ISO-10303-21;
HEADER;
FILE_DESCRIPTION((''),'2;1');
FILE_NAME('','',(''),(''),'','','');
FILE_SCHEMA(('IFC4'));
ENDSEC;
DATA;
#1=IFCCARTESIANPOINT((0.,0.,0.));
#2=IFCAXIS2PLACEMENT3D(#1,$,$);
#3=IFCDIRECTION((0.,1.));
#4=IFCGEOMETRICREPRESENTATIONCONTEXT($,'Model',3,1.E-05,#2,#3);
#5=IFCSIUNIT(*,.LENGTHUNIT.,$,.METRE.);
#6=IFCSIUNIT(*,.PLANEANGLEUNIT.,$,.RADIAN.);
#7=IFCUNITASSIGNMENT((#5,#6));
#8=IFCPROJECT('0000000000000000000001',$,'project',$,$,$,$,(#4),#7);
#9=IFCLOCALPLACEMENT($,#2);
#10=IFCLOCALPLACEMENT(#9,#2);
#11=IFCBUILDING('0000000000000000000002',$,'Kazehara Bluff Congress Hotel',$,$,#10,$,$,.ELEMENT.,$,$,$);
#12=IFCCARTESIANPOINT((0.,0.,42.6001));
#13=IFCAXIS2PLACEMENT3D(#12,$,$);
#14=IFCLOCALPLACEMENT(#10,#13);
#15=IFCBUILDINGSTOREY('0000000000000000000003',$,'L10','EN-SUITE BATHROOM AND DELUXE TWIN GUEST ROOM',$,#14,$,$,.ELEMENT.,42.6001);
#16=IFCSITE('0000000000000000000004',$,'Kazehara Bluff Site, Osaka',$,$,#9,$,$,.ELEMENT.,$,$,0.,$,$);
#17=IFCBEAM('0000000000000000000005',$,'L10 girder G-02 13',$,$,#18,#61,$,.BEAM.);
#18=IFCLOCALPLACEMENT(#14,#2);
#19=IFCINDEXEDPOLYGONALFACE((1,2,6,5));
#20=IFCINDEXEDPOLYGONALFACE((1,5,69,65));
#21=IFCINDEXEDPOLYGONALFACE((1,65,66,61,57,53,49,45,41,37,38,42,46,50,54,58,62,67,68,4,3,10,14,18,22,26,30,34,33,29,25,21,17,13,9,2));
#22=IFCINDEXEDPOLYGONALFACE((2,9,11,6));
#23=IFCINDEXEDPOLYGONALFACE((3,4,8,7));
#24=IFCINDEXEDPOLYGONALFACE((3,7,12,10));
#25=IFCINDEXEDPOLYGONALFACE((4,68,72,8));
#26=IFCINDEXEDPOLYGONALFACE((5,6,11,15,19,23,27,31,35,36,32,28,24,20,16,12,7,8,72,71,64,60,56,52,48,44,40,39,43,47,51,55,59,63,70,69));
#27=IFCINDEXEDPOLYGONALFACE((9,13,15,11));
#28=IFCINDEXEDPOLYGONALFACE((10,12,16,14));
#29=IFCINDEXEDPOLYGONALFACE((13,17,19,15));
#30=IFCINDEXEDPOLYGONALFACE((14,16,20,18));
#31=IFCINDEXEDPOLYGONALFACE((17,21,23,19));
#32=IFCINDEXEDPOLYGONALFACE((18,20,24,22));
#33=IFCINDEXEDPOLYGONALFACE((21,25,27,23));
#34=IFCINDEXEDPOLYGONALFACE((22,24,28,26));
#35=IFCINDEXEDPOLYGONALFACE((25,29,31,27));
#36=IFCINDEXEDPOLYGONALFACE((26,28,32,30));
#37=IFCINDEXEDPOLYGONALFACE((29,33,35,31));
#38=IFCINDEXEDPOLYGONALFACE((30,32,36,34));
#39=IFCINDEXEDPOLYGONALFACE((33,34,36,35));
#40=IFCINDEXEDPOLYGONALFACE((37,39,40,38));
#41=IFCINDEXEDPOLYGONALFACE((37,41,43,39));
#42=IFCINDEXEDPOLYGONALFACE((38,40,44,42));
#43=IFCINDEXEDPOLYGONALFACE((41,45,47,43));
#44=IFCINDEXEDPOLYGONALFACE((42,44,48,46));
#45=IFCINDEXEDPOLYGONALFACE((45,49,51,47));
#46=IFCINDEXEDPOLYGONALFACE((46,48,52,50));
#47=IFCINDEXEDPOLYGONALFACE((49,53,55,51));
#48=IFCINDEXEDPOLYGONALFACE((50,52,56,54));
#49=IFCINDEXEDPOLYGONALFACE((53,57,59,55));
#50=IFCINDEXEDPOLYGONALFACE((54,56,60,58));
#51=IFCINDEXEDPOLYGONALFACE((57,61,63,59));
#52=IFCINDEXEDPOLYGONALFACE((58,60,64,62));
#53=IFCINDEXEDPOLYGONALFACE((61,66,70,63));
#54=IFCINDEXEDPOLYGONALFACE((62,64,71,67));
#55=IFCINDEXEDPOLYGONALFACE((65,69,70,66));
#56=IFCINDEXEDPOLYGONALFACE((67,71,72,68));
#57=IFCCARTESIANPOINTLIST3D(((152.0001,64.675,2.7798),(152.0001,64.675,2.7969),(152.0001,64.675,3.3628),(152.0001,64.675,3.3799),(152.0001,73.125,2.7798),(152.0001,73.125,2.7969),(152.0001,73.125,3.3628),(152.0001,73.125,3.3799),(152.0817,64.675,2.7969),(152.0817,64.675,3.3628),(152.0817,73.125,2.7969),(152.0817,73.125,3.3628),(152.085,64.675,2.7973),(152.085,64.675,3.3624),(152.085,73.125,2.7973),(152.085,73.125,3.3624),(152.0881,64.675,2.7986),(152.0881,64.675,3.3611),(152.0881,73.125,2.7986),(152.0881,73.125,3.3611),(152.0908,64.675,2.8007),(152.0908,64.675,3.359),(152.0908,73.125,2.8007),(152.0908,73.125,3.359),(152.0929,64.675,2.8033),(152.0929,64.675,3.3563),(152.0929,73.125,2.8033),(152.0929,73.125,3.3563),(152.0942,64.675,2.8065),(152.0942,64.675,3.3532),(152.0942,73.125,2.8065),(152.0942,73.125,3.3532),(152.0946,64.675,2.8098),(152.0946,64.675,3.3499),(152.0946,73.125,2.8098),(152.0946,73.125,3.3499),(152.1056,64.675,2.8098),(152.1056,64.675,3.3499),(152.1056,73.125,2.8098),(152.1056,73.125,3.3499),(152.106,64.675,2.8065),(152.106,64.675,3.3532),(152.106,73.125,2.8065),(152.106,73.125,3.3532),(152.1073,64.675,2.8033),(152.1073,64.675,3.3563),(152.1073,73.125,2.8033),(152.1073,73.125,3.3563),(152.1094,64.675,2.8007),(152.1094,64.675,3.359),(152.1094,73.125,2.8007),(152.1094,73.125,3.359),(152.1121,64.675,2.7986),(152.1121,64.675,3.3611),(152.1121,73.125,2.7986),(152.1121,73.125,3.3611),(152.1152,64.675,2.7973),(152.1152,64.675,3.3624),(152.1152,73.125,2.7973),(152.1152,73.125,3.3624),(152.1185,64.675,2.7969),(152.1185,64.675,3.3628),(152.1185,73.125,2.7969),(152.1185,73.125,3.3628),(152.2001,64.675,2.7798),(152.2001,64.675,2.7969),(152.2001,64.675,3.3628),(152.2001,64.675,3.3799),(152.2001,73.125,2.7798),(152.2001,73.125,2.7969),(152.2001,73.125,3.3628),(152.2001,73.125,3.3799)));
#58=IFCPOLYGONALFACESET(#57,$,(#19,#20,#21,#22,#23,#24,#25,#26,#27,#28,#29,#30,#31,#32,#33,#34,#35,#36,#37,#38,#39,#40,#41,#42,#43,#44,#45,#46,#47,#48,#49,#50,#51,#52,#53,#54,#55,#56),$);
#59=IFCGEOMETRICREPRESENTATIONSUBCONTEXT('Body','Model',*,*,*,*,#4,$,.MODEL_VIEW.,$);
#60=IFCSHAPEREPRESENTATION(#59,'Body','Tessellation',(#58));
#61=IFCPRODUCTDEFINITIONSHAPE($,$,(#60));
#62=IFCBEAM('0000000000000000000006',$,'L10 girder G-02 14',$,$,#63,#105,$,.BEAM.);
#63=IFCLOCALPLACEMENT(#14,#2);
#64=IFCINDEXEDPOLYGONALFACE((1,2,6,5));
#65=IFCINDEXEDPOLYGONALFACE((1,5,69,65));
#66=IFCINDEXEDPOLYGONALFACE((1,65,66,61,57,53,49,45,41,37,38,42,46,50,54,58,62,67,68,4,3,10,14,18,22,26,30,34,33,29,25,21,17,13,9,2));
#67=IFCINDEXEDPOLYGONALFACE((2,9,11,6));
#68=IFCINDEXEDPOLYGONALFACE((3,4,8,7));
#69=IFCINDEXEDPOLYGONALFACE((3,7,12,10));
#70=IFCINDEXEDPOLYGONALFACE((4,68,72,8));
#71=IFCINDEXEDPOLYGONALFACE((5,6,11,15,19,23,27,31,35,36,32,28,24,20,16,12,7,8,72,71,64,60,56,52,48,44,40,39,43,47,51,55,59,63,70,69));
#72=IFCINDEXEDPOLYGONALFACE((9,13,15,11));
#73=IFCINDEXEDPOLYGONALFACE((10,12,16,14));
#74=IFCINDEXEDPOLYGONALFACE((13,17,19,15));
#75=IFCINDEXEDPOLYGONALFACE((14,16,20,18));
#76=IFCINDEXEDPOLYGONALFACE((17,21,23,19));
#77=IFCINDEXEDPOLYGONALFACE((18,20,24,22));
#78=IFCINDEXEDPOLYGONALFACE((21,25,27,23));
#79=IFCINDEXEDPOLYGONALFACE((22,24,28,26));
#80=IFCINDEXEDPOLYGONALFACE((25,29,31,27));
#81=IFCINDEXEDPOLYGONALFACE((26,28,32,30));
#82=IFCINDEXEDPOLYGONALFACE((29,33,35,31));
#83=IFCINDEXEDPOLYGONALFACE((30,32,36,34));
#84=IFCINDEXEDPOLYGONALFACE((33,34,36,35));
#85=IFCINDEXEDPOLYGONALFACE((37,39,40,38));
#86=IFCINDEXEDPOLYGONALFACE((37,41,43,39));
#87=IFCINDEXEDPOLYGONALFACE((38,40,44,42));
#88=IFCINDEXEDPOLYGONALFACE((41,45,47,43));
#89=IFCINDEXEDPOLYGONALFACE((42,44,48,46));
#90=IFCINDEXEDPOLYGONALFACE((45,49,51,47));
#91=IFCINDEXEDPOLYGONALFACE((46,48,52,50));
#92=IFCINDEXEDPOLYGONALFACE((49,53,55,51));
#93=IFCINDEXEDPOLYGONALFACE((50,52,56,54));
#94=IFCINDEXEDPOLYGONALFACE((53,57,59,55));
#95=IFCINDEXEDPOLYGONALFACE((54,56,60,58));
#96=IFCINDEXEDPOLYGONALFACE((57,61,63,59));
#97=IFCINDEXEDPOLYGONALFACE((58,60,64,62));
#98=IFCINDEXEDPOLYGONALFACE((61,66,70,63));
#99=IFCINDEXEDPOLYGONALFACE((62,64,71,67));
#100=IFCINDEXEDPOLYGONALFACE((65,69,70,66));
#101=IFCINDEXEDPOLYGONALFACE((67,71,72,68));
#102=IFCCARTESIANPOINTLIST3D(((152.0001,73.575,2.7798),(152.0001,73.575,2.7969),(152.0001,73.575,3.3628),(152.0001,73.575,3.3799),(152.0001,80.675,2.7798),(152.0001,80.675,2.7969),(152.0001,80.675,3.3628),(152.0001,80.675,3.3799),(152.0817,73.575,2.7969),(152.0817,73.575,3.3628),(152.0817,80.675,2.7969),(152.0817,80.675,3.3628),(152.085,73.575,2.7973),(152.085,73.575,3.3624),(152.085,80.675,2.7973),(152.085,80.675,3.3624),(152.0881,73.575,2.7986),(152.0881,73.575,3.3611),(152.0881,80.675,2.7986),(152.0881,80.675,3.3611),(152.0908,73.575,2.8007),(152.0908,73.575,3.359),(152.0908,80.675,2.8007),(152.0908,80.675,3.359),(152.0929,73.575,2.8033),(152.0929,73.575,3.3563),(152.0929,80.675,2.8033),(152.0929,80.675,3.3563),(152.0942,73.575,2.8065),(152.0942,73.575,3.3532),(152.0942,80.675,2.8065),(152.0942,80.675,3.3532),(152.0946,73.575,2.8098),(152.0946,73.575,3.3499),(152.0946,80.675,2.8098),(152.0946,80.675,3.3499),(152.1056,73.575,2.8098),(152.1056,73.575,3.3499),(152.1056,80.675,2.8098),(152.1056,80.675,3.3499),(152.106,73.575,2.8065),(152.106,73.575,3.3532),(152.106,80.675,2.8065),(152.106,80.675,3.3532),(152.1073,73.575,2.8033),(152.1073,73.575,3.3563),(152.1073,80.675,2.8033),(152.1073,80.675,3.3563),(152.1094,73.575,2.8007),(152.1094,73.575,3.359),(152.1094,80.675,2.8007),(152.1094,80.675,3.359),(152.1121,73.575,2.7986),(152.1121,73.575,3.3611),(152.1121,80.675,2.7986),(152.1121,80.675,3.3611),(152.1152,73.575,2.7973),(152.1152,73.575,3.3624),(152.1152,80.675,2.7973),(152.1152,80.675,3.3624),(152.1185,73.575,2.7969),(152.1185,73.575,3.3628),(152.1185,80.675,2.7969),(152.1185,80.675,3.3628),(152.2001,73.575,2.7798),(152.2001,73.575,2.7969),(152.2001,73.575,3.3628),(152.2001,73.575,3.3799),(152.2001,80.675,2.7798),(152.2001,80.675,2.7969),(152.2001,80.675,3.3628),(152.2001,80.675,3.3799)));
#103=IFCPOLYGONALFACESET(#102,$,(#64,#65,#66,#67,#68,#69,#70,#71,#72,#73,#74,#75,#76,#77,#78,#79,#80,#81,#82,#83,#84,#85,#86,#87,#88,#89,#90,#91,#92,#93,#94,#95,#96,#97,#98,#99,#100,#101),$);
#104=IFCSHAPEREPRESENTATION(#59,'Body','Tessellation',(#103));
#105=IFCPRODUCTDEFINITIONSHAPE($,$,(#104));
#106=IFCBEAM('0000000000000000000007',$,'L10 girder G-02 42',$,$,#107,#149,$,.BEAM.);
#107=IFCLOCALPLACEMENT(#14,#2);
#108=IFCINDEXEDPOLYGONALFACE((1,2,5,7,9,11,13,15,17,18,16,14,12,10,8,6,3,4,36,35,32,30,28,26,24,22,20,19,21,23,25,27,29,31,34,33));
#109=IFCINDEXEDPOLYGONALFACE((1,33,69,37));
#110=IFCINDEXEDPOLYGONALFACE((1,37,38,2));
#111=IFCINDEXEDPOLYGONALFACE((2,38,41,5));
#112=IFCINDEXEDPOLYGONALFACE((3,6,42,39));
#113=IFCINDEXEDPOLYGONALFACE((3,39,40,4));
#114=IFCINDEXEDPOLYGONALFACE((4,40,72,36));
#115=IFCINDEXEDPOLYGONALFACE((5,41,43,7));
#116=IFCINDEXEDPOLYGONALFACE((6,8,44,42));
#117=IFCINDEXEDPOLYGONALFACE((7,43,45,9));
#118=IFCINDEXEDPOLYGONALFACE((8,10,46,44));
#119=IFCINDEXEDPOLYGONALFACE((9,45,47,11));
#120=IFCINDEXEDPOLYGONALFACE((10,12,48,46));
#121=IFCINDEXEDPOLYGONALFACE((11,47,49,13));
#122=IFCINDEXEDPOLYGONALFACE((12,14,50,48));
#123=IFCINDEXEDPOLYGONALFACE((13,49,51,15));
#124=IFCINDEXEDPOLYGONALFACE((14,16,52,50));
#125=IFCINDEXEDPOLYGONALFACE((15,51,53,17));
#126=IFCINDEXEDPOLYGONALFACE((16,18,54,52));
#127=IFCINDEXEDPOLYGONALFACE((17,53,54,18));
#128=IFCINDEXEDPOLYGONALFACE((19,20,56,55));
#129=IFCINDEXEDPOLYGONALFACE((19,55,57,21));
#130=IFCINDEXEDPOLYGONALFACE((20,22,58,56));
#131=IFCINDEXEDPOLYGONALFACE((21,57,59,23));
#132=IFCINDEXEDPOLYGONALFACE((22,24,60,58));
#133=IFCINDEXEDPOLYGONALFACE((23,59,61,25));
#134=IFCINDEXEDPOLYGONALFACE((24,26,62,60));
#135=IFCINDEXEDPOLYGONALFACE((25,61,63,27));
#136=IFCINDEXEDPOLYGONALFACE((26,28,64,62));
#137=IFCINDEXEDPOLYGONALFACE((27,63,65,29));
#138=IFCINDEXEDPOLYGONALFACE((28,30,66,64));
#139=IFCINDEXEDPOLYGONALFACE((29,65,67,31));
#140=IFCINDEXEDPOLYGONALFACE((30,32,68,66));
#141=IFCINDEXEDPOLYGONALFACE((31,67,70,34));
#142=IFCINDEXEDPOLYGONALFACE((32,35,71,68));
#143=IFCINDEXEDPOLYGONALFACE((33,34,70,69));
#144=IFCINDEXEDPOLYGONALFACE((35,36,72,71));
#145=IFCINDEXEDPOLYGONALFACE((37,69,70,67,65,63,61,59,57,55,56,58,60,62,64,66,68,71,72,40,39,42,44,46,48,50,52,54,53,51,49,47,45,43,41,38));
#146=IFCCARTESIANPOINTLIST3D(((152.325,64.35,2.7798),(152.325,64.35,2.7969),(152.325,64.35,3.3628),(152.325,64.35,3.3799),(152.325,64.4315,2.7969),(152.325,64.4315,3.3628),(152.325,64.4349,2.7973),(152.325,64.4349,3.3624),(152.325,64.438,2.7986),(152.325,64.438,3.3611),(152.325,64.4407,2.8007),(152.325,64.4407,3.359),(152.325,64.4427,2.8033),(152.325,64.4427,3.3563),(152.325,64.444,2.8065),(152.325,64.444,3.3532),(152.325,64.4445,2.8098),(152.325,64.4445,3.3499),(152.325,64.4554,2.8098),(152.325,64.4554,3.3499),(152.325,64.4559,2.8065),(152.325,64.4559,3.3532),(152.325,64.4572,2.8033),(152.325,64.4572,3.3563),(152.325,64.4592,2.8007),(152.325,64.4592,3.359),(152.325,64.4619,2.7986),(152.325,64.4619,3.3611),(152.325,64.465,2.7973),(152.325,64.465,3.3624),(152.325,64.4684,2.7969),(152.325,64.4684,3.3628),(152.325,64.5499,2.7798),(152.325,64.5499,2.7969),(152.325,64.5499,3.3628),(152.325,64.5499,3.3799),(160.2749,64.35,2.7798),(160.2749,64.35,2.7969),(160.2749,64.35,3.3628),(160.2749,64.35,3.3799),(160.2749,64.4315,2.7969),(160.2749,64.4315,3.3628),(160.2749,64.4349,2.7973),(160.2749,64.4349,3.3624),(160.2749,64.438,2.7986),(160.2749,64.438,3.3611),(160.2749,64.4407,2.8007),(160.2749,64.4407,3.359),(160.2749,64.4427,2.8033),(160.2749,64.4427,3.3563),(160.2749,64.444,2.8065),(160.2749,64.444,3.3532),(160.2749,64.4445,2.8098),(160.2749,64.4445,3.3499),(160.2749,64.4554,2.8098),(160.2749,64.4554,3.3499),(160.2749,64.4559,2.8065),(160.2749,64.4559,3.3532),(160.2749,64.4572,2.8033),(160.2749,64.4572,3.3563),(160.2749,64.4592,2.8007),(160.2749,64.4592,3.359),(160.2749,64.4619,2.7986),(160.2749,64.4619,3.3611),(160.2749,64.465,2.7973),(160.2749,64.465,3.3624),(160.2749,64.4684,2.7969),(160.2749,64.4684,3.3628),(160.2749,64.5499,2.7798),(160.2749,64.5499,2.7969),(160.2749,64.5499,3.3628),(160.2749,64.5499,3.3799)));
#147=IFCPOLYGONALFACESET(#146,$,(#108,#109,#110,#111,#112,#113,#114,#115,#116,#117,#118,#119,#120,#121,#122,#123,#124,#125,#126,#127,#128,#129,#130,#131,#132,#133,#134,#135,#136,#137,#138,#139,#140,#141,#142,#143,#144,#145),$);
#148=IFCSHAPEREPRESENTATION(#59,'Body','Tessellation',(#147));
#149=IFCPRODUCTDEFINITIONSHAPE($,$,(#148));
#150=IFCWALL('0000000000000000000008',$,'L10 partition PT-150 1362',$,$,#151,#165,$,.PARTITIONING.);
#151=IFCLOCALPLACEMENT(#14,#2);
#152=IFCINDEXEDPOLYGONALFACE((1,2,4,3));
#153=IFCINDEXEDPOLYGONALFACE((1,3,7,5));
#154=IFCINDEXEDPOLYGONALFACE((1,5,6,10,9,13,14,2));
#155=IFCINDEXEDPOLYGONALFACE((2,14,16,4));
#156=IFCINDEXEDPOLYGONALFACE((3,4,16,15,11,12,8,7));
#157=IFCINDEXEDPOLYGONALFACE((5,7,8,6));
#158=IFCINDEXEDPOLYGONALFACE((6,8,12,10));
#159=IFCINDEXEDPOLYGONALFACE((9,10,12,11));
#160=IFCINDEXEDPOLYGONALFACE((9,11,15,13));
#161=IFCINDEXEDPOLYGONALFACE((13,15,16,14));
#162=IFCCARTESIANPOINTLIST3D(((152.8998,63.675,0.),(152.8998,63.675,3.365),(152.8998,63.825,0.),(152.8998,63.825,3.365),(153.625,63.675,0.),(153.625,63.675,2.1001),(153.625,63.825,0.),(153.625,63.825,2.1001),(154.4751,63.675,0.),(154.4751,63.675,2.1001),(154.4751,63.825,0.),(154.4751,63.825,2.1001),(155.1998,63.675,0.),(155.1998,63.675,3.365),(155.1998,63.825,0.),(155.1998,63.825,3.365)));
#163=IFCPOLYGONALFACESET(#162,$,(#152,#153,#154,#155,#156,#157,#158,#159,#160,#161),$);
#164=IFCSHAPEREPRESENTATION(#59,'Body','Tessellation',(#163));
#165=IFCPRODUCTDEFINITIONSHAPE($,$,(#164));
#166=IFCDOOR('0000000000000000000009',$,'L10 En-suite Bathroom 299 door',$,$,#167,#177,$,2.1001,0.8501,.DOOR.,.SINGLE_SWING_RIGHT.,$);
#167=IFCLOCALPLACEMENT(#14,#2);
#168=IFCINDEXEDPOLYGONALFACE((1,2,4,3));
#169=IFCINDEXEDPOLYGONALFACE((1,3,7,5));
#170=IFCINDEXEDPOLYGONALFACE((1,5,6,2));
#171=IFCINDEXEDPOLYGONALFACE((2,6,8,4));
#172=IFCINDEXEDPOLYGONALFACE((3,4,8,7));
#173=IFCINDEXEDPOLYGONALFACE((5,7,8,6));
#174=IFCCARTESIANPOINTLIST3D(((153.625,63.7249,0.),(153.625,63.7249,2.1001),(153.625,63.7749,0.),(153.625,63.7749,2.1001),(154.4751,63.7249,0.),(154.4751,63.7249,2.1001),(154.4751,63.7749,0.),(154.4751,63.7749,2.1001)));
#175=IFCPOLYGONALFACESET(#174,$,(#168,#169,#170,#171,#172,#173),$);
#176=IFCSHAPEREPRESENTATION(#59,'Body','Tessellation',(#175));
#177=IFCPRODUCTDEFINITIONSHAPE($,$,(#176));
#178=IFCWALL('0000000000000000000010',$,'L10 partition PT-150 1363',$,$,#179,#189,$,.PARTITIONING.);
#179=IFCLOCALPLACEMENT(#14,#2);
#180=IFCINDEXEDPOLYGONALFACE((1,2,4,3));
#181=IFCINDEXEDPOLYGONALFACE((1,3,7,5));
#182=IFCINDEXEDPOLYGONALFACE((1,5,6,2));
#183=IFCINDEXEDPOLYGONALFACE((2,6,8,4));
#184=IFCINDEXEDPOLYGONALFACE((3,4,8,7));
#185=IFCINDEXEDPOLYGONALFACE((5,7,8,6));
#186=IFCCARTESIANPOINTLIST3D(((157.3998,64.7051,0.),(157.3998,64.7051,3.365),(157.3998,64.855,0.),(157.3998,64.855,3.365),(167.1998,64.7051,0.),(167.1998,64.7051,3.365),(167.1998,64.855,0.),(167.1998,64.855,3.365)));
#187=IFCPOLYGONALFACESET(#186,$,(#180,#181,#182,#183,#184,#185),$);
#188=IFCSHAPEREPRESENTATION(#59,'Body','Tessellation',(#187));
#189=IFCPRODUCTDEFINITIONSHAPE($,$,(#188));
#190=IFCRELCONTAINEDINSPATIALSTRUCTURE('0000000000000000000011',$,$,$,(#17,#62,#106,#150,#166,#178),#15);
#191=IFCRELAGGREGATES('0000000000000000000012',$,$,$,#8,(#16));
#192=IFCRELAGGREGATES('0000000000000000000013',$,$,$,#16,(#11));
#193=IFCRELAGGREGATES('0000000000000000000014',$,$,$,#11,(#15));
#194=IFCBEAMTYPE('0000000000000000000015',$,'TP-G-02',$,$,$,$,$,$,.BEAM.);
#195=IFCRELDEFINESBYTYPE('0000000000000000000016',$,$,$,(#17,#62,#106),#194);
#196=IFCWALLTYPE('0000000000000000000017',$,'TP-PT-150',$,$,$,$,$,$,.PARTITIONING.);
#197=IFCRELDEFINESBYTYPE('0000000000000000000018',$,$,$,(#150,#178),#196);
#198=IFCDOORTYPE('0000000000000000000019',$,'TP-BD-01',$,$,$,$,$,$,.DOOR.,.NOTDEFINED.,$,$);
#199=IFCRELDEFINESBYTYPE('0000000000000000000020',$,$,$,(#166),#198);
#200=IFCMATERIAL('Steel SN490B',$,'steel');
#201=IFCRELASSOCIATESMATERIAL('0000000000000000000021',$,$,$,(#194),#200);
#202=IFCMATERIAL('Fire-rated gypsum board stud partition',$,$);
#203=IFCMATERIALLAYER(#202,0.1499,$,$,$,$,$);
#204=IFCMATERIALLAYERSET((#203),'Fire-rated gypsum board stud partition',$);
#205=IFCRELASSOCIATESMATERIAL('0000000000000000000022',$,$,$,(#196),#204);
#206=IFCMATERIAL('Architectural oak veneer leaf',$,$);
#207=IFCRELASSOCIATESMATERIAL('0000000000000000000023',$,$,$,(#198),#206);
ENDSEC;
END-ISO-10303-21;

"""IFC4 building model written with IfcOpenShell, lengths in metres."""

from ifc_helpers import new_model, si_unit, direction, frame, frame_2d, origin, origin_2d, place, context, subcontext, project, spatial, rectangle, i_section, extrude, material, layer, layer_set, material_profile, profile_set, type_object, element, fill, save


model = new_model("IFC4")

# Units and contexts
model_context = context("Model", 3, precision=1e-05, world=origin(), true_north=direction((0.0, 1.0)))
body_context = subcontext(model_context, "Body", "Model", "MODEL_VIEW")
ifc_project = project(units=[si_unit("LENGTHUNIT", "METRE"), si_unit("PLANEANGLEUNIT", "RADIAN")], contexts=[model_context])

# Site, building, storey
site_placement = place(None, origin())
site = spatial("IfcSite", under=ifc_project, at=site_placement, Name="Kazehara Bluff Site, Osaka", CompositionType="ELEMENT", RefElevation=0.0)
building_placement = place(site_placement, origin())
building = spatial("IfcBuilding", under=site, at=building_placement, Name="Kazehara Bluff Congress Hotel", CompositionType="ELEMENT")
storey_placement = place(building_placement, frame((0.0, 0.0, 42.6001)))
storey = spatial("IfcBuildingStorey", under=building, at=storey_placement, Name="L10", Description="EN-SUITE BATHROOM AND DELUXE TWIN GUEST ROOM", CompositionType="ELEMENT", Elevation=42.6001)

# Beams
ifc_material_1 = material(Name="Steel SN490B", Category="steel")
ifc_material_profile = material_profile(ifc_material_1, i_section(OverallWidth=0.2, OverallDepth=0.6001, WebThickness=0.011, FlangeThickness=0.0171, FilletRadius=0.0129, at=origin_2d()))
ifc_profile_set = profile_set([ifc_material_profile], Name="Steel SN490B")
beam_type = type_object("IfcBeamType", Name="TP-G-02", PredefinedType="BEAM", material=ifc_profile_set)
beam_1_placement = place(storey_placement, frame((152.1001, 64.675, 3.0798), z_axis=(0.0, 1.0, 0.0), x_axis=(-1.0, 0.0, 0.0)))
element("IfcBeam", 1, at=beam_1_placement, inside=storey, type_object=beam_type, Name="L10 girder G-02 13", PredefinedType="BEAM", context=body_context, shape_type="SweptSolid", body=[
    extrude(i_section(OverallWidth=0.2, OverallDepth=0.6001, WebThickness=0.011, FlangeThickness=0.0171, FilletRadius=0.0129, at=origin_2d()), origin(), (0.0, 0.0, 1.0), 8.45),
])
beam_2_placement = place(storey_placement, frame((152.1001, 73.575, 3.0798), z_axis=(0.0, 1.0, 0.0), x_axis=(-1.0, 0.0, 0.0)))
element("IfcBeam", 2, at=beam_2_placement, inside=storey, type_object=beam_type, Name="L10 girder G-02 14", PredefinedType="BEAM", context=body_context, shape_type="SweptSolid", body=[
    extrude(i_section(OverallWidth=0.2, OverallDepth=0.6001, WebThickness=0.011, FlangeThickness=0.0171, FilletRadius=0.0129, at=origin_2d()), origin(), (0.0, 0.0, 1.0), 7.1001),
])
beam_3_placement = place(storey_placement, frame((152.325, 64.45, 3.0798), z_axis=(1.0, 0.0, 0.0), x_axis=(0.0, 1.0, 0.0)))
element("IfcBeam", 3, at=beam_3_placement, inside=storey, type_object=beam_type, Name="L10 girder G-02 42", PredefinedType="BEAM", context=body_context, shape_type="SweptSolid", body=[
    extrude(i_section(OverallWidth=0.2, OverallDepth=0.6001, WebThickness=0.011, FlangeThickness=0.0171, FilletRadius=0.0129, at=origin_2d()), origin(), (0.0, 0.0, 1.0), 7.95),
])

# Wall, opening, door
ifc_material_2 = material(Name="Fire-rated gypsum board stud partition")
ifc_layer = layer(ifc_material_2, 0.1499)
ifc_layer_set = layer_set([ifc_layer], Name="Fire-rated gypsum board stud partition")
wall_type = type_object("IfcWallType", Name="TP-PT-150", PredefinedType="PARTITIONING", material=ifc_layer_set)
wall_1_placement = place(storey_placement, frame((152.8999, 63.75, 0.0), z_axis=(0.0, 0.0, 1.0), x_axis=(1.0, 0.0, 0.0)))
wall_1 = element("IfcWall", 4, at=wall_1_placement, inside=storey, type_object=wall_type, Name="L10 partition PT-150 1362", PredefinedType="PARTITIONING", context=body_context, shape_type="SweptSolid", body=[
    extrude(rectangle(XDim=2.3, YDim=0.1499, at=frame_2d((1.1499, 0.0))), origin(), (0.0, 0.0, 1.0), 3.365),
])
opening_1_placement = place(wall_1_placement, frame((0.7251, 0.0, 0.0)))
opening_1 = element("IfcOpeningElement", 5, at=opening_1_placement, cuts=wall_1, PredefinedType="OPENING", context=body_context, shape_type="SweptSolid", body=[
    extrude(rectangle(XDim=0.8501, YDim=2.1001, at=frame_2d((0.425, 1.05))), frame((0.0, 0.085, 0.0), z_axis=(0.0, -1.0, 0.0), x_axis=(1.0, 0.0, 0.0)), (0.0, 0.0, 1.0), 0.1699),
])
ifc_material_3 = material(Name="Architectural oak veneer leaf")
door_type = type_object("IfcDoorType", Name="TP-BD-01", OperationType="NOTDEFINED", PredefinedType="DOOR", material=ifc_material_3)
door_1_placement = place(opening_1_placement, origin())
door_1 = element("IfcDoor", 6, at=door_1_placement, inside=storey, type_object=door_type, Name="L10 En-suite Bathroom 299 door", OperationType="SINGLE_SWING_RIGHT", OverallHeight=2.1001, OverallWidth=0.8501, PredefinedType="DOOR", context=body_context, shape_type="SweptSolid", body=[
    extrude(rectangle(XDim=0.8501, YDim=2.1001, at=frame_2d((0.425, 1.05))), frame((0.0, 0.0249, 0.0), z_axis=(0.0, -1.0, 0.0), x_axis=(1.0, 0.0, 0.0)), (0.0, 0.0, 1.0), 0.05),
])
fill(opening_1, door_1)

# Wall
wall_2_placement = place(storey_placement, frame((157.3999, 64.78, 0.0), z_axis=(0.0, 0.0, 1.0), x_axis=(1.0, 0.0, 0.0)))
element("IfcWall", 7, at=wall_2_placement, inside=storey, type_object=wall_type, Name="L10 partition PT-150 1363", PredefinedType="PARTITIONING", context=body_context, shape_type="SweptSolid", body=[
    extrude(rectangle(XDim=9.8, YDim=0.1499, at=frame_2d((4.8999, 0.0))), origin(), (0.0, 0.0, 1.0), 3.365),
])

save(model, "model.ifc")
